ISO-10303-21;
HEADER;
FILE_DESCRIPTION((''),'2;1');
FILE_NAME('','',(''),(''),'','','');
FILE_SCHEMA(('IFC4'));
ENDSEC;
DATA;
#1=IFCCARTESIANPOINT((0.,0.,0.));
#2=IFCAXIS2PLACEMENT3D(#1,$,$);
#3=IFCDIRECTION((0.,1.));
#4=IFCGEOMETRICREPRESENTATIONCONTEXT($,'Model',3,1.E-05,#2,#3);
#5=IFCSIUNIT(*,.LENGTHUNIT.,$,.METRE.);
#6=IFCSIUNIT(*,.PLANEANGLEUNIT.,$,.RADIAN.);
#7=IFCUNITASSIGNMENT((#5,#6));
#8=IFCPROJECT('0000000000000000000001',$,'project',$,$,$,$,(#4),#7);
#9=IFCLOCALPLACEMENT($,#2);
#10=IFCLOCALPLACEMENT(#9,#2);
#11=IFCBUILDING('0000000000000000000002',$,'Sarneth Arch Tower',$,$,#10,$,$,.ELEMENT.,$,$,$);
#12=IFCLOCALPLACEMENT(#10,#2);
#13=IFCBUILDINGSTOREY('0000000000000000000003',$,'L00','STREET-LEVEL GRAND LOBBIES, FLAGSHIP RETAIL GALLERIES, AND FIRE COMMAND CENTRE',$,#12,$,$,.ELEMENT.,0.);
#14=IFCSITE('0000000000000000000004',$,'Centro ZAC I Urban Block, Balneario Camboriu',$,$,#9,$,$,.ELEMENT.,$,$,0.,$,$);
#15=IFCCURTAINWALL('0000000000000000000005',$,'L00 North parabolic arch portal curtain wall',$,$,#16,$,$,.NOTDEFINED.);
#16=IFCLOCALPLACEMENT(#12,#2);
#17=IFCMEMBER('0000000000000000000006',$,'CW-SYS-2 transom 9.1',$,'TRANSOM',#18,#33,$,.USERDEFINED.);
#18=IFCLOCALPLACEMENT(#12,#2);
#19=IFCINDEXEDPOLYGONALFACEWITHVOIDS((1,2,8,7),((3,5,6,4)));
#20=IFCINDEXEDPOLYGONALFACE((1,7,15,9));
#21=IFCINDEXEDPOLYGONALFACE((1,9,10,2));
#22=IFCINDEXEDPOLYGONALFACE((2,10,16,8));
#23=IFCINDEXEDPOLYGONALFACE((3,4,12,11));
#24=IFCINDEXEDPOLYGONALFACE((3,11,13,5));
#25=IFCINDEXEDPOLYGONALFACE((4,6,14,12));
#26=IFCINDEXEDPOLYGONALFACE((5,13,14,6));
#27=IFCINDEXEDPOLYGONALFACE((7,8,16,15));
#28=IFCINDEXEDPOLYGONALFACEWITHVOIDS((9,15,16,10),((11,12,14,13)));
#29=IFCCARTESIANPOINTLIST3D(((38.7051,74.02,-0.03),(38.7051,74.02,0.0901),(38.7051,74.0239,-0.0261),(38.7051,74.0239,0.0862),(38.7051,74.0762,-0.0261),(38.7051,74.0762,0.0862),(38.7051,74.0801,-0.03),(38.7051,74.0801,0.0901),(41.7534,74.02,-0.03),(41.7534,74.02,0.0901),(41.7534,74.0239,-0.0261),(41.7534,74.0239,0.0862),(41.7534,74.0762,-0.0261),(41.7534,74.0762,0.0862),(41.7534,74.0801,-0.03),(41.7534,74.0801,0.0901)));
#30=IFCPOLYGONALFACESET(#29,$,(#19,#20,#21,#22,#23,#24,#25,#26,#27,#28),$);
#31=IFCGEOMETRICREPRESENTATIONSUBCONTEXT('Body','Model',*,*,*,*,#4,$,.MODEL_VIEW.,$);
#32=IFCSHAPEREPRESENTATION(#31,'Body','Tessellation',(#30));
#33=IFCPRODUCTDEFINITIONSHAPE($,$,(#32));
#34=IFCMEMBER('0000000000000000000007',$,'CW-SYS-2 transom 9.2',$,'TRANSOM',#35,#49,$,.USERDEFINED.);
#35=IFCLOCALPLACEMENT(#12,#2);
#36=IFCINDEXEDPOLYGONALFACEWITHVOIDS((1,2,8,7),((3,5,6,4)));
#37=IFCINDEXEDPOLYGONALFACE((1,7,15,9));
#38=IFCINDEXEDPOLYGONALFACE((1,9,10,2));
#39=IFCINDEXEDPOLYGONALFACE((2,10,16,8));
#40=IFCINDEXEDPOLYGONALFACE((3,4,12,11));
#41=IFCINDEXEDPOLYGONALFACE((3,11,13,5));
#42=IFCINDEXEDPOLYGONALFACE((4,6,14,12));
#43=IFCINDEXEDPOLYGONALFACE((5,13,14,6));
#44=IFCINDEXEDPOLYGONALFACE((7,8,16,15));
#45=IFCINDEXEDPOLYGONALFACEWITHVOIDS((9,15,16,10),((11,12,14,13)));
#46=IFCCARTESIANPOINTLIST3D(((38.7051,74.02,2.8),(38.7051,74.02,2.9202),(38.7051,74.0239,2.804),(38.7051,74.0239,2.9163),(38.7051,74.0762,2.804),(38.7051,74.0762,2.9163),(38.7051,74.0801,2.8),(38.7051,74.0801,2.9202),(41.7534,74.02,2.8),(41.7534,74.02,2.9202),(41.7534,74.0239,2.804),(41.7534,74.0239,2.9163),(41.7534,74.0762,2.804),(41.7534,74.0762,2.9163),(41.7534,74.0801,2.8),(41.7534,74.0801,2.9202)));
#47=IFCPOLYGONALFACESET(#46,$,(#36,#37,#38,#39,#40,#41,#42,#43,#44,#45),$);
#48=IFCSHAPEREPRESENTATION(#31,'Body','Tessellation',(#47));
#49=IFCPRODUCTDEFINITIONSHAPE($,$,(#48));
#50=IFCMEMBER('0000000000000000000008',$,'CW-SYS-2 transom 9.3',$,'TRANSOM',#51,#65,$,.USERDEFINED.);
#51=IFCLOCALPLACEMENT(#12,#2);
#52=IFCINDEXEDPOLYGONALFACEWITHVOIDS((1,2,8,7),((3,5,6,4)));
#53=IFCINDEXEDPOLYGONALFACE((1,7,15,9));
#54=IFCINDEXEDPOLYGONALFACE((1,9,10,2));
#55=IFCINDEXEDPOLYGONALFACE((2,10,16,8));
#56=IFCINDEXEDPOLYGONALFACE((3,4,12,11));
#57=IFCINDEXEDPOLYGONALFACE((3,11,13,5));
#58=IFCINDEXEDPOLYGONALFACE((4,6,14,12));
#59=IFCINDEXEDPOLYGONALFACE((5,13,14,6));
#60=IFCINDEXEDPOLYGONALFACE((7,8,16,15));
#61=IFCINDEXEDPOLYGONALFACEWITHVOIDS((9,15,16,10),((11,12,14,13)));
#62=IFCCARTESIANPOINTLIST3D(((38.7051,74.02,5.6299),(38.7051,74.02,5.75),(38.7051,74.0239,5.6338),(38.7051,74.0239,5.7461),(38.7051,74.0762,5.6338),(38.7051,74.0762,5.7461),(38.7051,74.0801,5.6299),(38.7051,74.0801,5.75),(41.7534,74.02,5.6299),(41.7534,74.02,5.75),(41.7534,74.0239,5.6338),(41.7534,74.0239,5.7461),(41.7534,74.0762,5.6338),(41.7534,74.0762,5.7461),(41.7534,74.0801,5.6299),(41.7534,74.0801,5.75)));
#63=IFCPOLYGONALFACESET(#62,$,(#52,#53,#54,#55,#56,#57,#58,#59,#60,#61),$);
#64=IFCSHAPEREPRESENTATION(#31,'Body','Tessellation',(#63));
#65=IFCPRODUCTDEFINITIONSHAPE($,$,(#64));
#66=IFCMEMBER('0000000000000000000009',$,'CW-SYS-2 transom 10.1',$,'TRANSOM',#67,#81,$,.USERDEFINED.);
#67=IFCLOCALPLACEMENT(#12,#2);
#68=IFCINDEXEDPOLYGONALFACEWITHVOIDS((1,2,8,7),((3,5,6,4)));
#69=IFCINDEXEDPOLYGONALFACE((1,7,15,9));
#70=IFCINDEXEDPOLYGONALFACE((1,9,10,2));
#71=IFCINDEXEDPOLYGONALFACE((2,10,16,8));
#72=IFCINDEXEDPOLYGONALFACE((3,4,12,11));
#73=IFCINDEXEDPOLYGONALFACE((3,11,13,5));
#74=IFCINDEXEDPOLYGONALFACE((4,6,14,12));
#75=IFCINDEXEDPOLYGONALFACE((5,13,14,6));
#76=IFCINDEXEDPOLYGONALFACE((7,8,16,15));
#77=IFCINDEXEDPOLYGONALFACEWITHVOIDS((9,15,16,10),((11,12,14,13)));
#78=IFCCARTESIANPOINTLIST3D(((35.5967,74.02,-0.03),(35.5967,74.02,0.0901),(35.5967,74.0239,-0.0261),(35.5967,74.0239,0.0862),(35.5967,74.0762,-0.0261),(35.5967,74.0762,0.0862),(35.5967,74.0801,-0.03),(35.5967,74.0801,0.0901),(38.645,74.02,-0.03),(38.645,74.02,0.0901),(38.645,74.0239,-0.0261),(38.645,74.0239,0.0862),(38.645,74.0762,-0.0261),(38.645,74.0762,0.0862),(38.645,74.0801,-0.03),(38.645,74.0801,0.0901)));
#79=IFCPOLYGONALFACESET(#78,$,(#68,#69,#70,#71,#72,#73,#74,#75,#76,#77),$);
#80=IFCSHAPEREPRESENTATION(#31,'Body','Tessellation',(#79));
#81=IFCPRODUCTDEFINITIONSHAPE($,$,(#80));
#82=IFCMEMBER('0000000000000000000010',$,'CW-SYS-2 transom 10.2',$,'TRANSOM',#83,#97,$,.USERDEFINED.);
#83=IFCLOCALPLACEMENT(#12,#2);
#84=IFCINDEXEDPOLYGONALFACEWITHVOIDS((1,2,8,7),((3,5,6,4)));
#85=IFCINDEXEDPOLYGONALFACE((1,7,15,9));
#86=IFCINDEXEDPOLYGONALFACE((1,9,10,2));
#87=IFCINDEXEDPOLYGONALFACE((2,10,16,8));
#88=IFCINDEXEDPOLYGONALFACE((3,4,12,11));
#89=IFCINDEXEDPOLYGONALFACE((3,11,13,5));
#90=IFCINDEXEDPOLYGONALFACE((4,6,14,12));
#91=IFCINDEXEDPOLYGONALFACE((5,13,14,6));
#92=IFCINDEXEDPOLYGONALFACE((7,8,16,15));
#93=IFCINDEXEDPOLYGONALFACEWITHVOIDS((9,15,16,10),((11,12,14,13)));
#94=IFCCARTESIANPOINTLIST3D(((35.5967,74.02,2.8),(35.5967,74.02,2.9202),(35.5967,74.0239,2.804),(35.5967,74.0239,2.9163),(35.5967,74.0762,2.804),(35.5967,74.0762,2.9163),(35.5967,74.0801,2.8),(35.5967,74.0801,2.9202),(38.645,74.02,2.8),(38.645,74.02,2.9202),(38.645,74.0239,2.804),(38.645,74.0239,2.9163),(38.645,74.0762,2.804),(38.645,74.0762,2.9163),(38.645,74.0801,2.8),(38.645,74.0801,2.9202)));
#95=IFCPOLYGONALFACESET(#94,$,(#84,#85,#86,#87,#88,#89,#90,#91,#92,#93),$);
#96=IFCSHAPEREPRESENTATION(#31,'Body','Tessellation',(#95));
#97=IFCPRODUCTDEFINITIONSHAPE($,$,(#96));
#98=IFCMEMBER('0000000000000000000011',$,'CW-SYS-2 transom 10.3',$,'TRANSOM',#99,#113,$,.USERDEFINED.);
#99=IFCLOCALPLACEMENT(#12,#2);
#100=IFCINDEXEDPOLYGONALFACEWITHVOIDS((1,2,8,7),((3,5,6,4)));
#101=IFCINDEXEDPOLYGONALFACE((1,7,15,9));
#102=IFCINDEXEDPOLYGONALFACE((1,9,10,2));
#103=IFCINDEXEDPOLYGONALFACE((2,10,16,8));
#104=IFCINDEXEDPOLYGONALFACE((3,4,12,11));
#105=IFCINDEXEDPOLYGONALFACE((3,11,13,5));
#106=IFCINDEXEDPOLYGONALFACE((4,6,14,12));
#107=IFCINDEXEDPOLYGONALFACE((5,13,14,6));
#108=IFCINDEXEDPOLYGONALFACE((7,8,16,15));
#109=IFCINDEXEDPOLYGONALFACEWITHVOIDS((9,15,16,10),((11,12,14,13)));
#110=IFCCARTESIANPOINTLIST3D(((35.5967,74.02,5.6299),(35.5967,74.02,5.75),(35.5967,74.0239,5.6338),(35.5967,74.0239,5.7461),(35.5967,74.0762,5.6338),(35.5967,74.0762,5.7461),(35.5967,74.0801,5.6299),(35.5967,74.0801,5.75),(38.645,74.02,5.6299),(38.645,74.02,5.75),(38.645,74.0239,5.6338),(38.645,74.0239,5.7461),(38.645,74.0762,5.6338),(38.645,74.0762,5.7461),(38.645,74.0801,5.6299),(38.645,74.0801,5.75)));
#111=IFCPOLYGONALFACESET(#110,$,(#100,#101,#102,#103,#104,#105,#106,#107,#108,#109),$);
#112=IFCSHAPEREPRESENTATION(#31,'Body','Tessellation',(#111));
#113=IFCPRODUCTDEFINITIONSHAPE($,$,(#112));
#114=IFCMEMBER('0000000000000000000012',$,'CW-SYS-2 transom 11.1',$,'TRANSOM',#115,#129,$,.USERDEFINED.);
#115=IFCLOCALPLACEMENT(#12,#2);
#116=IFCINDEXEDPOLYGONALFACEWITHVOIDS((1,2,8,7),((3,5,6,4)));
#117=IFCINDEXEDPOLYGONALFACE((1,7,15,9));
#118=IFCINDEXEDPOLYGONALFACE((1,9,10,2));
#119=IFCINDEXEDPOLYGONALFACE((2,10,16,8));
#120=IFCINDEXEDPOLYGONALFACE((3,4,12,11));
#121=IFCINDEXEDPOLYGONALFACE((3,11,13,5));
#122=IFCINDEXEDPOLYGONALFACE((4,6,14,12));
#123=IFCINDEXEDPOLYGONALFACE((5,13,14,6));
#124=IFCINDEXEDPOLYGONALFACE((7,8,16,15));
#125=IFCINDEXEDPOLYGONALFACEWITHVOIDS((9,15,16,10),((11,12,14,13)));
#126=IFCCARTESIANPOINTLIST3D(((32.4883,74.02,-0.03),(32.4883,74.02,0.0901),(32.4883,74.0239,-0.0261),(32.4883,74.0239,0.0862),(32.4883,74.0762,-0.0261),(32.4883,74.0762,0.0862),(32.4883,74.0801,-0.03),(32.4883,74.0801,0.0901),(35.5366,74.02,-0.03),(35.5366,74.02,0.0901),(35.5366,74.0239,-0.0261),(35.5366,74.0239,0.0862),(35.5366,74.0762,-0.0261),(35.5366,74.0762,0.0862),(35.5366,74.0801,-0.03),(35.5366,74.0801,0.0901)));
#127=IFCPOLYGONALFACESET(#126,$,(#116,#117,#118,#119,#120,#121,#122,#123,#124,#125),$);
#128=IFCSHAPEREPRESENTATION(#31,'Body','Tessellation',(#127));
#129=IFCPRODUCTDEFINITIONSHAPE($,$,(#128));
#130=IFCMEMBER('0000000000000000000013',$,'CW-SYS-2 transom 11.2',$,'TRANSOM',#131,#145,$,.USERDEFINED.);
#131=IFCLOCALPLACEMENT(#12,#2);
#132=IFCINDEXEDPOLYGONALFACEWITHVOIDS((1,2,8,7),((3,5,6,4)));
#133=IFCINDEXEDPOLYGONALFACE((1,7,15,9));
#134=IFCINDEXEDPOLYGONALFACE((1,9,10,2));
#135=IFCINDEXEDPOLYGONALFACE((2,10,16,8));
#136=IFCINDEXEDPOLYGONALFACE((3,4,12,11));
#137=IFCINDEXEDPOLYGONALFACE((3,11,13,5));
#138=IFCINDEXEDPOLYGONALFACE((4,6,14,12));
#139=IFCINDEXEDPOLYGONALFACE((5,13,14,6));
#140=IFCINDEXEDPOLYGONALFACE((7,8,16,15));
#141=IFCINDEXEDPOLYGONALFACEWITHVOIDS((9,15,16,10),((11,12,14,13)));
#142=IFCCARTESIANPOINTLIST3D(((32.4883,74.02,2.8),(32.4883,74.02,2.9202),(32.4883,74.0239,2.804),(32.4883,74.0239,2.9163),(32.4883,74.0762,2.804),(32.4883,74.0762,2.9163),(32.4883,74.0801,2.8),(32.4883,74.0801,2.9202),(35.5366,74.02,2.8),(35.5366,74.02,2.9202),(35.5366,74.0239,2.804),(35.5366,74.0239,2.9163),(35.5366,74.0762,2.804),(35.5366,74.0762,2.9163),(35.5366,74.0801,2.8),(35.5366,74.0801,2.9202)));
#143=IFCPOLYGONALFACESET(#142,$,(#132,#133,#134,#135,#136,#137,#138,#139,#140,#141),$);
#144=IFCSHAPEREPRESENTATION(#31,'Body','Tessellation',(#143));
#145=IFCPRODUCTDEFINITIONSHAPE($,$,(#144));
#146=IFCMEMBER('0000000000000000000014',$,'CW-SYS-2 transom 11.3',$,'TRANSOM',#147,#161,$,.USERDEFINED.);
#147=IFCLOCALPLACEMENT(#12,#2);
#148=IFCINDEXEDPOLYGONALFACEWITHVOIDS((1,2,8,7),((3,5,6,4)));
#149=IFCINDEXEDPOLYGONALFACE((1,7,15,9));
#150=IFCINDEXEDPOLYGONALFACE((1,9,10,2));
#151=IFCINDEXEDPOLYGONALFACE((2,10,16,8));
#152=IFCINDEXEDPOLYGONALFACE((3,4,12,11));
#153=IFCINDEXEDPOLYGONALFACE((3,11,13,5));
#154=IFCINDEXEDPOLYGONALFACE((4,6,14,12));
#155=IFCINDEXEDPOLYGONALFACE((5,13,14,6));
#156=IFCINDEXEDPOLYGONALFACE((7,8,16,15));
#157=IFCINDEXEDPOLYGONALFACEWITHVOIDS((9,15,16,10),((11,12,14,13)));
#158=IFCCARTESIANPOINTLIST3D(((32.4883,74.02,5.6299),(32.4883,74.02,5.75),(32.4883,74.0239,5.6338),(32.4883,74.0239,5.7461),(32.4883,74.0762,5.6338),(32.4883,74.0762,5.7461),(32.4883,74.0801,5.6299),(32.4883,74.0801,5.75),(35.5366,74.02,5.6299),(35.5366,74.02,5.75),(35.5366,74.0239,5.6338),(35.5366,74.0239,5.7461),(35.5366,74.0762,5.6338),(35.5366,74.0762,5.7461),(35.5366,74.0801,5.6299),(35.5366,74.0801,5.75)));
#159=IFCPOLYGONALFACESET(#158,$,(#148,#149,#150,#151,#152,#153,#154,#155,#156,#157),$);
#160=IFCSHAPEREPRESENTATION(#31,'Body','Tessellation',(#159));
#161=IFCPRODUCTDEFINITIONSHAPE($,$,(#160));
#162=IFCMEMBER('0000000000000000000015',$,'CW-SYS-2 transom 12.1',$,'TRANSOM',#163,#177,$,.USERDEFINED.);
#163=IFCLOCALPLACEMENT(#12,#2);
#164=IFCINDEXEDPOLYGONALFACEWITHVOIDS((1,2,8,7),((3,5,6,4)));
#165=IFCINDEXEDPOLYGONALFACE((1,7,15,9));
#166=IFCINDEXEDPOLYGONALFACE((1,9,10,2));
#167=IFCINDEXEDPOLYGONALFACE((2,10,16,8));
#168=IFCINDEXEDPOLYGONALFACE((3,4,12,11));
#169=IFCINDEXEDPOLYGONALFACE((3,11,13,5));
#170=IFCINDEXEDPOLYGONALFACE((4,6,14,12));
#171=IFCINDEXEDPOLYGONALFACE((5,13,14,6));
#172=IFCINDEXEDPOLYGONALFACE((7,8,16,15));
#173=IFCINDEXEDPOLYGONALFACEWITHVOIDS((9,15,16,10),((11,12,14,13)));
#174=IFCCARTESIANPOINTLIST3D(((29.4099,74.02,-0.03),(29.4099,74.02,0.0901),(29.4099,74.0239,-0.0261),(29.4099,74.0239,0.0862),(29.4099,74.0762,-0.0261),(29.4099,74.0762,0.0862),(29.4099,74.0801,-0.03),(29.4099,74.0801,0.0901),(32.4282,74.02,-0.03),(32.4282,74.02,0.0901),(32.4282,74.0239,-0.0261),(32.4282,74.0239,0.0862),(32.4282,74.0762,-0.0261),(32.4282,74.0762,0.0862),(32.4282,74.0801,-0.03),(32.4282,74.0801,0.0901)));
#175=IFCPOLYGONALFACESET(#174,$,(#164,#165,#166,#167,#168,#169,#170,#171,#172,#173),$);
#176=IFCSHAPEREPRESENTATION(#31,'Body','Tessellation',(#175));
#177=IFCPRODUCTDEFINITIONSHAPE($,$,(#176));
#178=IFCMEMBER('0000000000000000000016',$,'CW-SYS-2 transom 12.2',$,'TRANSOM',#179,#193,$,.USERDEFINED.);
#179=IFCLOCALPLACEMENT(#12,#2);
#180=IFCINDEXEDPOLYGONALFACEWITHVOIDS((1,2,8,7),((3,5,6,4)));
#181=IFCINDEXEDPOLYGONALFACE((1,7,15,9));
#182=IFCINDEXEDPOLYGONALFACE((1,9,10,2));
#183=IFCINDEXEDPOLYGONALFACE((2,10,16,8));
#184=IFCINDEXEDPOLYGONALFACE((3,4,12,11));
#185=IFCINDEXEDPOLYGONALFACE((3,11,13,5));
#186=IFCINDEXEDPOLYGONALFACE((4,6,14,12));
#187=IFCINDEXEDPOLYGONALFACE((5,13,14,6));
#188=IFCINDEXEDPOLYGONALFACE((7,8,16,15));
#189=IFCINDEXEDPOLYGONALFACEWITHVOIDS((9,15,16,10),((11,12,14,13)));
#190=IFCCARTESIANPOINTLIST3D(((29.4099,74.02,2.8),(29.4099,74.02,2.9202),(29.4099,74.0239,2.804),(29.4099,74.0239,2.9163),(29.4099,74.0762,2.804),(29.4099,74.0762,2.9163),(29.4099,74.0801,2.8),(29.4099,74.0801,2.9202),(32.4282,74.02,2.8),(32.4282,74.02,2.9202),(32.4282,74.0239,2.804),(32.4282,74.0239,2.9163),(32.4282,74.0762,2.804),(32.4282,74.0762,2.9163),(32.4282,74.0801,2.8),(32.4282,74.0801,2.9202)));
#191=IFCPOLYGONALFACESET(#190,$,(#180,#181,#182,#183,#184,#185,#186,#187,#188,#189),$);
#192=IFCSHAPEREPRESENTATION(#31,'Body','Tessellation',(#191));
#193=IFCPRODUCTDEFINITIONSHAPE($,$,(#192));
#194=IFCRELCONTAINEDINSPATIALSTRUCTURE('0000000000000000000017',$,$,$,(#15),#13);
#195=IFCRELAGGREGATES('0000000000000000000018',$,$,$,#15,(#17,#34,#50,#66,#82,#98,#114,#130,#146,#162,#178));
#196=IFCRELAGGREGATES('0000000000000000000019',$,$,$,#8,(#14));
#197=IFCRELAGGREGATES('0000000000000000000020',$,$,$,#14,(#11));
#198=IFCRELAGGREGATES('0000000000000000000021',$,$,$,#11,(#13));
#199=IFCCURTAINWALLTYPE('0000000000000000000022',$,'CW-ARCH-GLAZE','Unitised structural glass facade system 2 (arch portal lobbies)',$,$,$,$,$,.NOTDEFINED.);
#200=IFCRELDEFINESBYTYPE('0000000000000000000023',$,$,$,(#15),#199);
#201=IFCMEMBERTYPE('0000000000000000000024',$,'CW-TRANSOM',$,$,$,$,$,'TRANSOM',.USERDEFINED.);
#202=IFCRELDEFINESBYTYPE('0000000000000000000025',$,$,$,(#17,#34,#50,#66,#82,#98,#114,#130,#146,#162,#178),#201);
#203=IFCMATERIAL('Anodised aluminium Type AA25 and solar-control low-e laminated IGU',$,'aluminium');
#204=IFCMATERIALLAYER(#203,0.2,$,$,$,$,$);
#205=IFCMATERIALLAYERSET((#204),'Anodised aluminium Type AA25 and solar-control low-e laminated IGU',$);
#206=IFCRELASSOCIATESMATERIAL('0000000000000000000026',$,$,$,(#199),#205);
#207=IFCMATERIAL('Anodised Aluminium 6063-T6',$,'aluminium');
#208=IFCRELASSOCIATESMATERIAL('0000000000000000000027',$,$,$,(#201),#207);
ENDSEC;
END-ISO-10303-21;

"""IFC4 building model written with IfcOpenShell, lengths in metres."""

from ifc_helpers import new_model, si_unit, direction, frame, origin, origin_2d, place, context, subcontext, project, spatial, hollow_rectangle, extrude, material, layer, layer_set, material_profile, profile_set, type_object, element, aggregate, save


model = new_model("IFC4")

# Units and contexts
model_context = context("Model", 3, precision=1e-05, world=origin(), true_north=direction((0.0, 1.0)))
body_context = subcontext(model_context, "Body", "Model", "MODEL_VIEW")
ifc_project = project(units=[si_unit("LENGTHUNIT", "METRE"), si_unit("PLANEANGLEUNIT", "RADIAN")], contexts=[model_context])

# Site, building, storey
site_placement = place(None, origin())
site = spatial("IfcSite", under=ifc_project, at=site_placement, Name="Centro ZAC I Urban Block, Balneario Camboriu", CompositionType="ELEMENT", RefElevation=0.0)
building_placement = place(site_placement, origin())
building = spatial("IfcBuilding", under=site, at=building_placement, Name="Sarneth Arch Tower", CompositionType="ELEMENT")
storey_placement = place(building_placement, origin())
storey = spatial("IfcBuildingStorey", under=building, at=storey_placement, Name="L00", Description="STREET-LEVEL GRAND LOBBIES, FLAGSHIP RETAIL GALLERIES, AND FIRE COMMAND CENTRE", CompositionType="ELEMENT", Elevation=0.0)

# Curtain wall, members
ifc_material_1 = material(Name="Anodised aluminium Type AA25 and solar-control low-e laminated IGU", Category="aluminium")
ifc_layer_1 = layer(ifc_material_1, 0.2)
ifc_layer_set_1 = layer_set([ifc_layer_1], Name="Anodised aluminium Type AA25 and solar-control low-e laminated IGU")
curtain_wall_type = type_object("IfcCurtainWallType", Name="CW-ARCH-GLAZE", Description="Unitised structural glass facade system 2 (arch portal lobbies)", PredefinedType="NOTDEFINED", material=ifc_layer_set_1)
curtain_wall_placement = place(storey_placement, origin())
curtain_wall = element("IfcCurtainWall", 1, at=curtain_wall_placement, inside=storey, type_object=curtain_wall_type, Name="L00 North parabolic arch portal curtain wall", PredefinedType="NOTDEFINED")
ifc_material_2 = material(Name="Anodised Aluminium 6063-T6", Category="aluminium")
ifc_material_profile_1 = material_profile(ifc_material_2, hollow_rectangle(XDim=0.0601, YDim=0.1201, WallThickness=0.0039, at=origin_2d()), Name="AL-TRAN-120x60x4")
ifc_profile_set_1 = profile_set([ifc_material_profile_1], Name="Anodised Aluminium 6063-T6")
member_type_1 = type_object("IfcMemberType", Name="CW-TRANSOM", ElementType="TRANSOM", PredefinedType="USERDEFINED", material=ifc_profile_set_1)
member_1_placement = place(storey_placement, frame((41.7534, 74.05, 0.03), z_axis=(-1.0, 0.0, 0.0), x_axis=(0.0, -1.0, 0.0)))
member_1 = element("IfcMember", 2, at=member_1_placement, type_object=member_type_1, Name="CW-SYS-2 transom 9.1", ObjectType="TRANSOM", PredefinedType="USERDEFINED", context=body_context, shape_type="SweptSolid", body=[
    extrude(hollow_rectangle(XDim=0.0601, YDim=0.1201, WallThickness=0.0039, at=origin_2d()), origin(), (0.0, 0.0, 1.0), 3.0483),
])
member_2_placement = place(storey_placement, frame((41.7534, 74.05, 2.8601), z_axis=(-1.0, 0.0, 0.0), x_axis=(0.0, -1.0, 0.0)))
member_2 = element("IfcMember", 3, at=member_2_placement, type_object=member_type_1, Name="CW-SYS-2 transom 9.2", ObjectType="TRANSOM", PredefinedType="USERDEFINED", context=body_context, shape_type="SweptSolid", body=[
    extrude(hollow_rectangle(XDim=0.0601, YDim=0.1201, WallThickness=0.0039, at=origin_2d()), origin(), (0.0, 0.0, 1.0), 3.0483),
])
member_3_placement = place(storey_placement, frame((41.7534, 74.05, 5.6899), z_axis=(-1.0, 0.0, 0.0), x_axis=(0.0, -1.0, 0.0)))
member_3 = element("IfcMember", 4, at=member_3_placement, type_object=member_type_1, Name="CW-SYS-2 transom 9.3", ObjectType="TRANSOM", PredefinedType="USERDEFINED", context=body_context, shape_type="SweptSolid", body=[
    extrude(hollow_rectangle(XDim=0.0601, YDim=0.1201, WallThickness=0.0039, at=origin_2d()), origin(), (0.0, 0.0, 1.0), 3.0483),
])
member_4_placement = place(storey_placement, frame((38.645, 74.05, 0.03), z_axis=(-1.0, 0.0, 0.0), x_axis=(0.0, -1.0, 0.0)))
member_4 = element("IfcMember", 5, at=member_4_placement, type_object=member_type_1, Name="CW-SYS-2 transom 10.1", ObjectType="TRANSOM", PredefinedType="USERDEFINED", context=body_context, shape_type="SweptSolid", body=[
    extrude(hollow_rectangle(XDim=0.0601, YDim=0.1201, WallThickness=0.0039, at=origin_2d()), origin(), (0.0, 0.0, 1.0), 3.0483),
])
member_5_placement = place(storey_placement, frame((38.645, 74.05, 2.8601), z_axis=(-1.0, 0.0, 0.0), x_axis=(0.0, -1.0, 0.0)))
member_5 = element("IfcMember", 6, at=member_5_placement, type_object=member_type_1, Name="CW-SYS-2 transom 10.2", ObjectType="TRANSOM", PredefinedType="USERDEFINED", context=body_context, shape_type="SweptSolid", body=[
    extrude(hollow_rectangle(XDim=0.0601, YDim=0.1201, WallThickness=0.0039, at=origin_2d()), origin(), (0.0, 0.0, 1.0), 3.0483),
])
member_6_placement = place(storey_placement, frame((38.645, 74.05, 5.6899), z_axis=(-1.0, 0.0, 0.0), x_axis=(0.0, -1.0, 0.0)))
member_6 = element("IfcMember", 7, at=member_6_placement, type_object=member_type_1, Name="CW-SYS-2 transom 10.3", ObjectType="TRANSOM", PredefinedType="USERDEFINED", context=body_context, shape_type="SweptSolid", body=[
    extrude(hollow_rectangle(XDim=0.0601, YDim=0.1201, WallThickness=0.0039, at=origin_2d()), origin(), (0.0, 0.0, 1.0), 3.0483),
])
member_7_placement = place(storey_placement, frame((35.5366, 74.05, 0.03), z_axis=(-1.0, 0.0, 0.0), x_axis=(0.0, -1.0, 0.0)))
member_7 = element("IfcMember", 8, at=member_7_placement, type_object=member_type_1, Name="CW-SYS-2 transom 11.1", ObjectType="TRANSOM", PredefinedType="USERDEFINED", context=body_context, shape_type="SweptSolid", body=[
    extrude(hollow_rectangle(XDim=0.0601, YDim=0.1201, WallThickness=0.0039, at=origin_2d()), origin(), (0.0, 0.0, 1.0), 3.0483),
])
member_8_placement = place(storey_placement, frame((35.5366, 74.05, 2.8601), z_axis=(-1.0, 0.0, 0.0), x_axis=(0.0, -1.0, 0.0)))
member_8 = element("IfcMember", 9, at=member_8_placement, type_object=member_type_1, Name="CW-SYS-2 transom 11.2", ObjectType="TRANSOM", PredefinedType="USERDEFINED", context=body_context, shape_type="SweptSolid", body=[
    extrude(hollow_rectangle(XDim=0.0601, YDim=0.1201, WallThickness=0.0039, at=origin_2d()), origin(), (0.0, 0.0, 1.0), 3.0483),
])
member_9_placement = place(storey_placement, frame((35.5366, 74.05, 5.6899), z_axis=(-1.0, 0.0, 0.0), x_axis=(0.0, -1.0, 0.0)))
member_9 = element("IfcMember", 10, at=member_9_placement, type_object=member_type_1, Name="CW-SYS-2 transom 11.3", ObjectType="TRANSOM", PredefinedType="USERDEFINED", context=body_context, shape_type="SweptSolid", body=[
    extrude(hollow_rectangle(XDim=0.0601, YDim=0.1201, WallThickness=0.0039, at=origin_2d()), origin(), (0.0, 0.0, 1.0), 3.0483),
])
member_10_placement = place(storey_placement, frame((32.4282, 74.05, 0.03), z_axis=(-1.0, 0.0, 0.0), x_axis=(0.0, -1.0, 0.0)))
member_10 = element("IfcMember", 11, at=member_10_placement, type_object=member_type_1, Name="CW-SYS-2 transom 12.1", ObjectType="TRANSOM", PredefinedType="USERDEFINED", context=body_context, shape_type="SweptSolid", body=[
    extrude(hollow_rectangle(XDim=0.0601, YDim=0.1201, WallThickness=0.0039, at=origin_2d()), origin(), (0.0, 0.0, 1.0), 3.0183),
])
member_11_placement = place(storey_placement, frame((32.4282, 74.05, 2.8601), z_axis=(-1.0, 0.0, 0.0), x_axis=(0.0, -1.0, 0.0)))
member_11 = element("IfcMember", 12, at=member_11_placement, type_object=member_type_1, Name="CW-SYS-2 transom 12.2", ObjectType="TRANSOM", PredefinedType="USERDEFINED", context=body_context, shape_type="SweptSolid", body=[
    extrude(hollow_rectangle(XDim=0.0601, YDim=0.1201, WallThickness=0.0039, at=origin_2d()), origin(), (0.0, 0.0, 1.0), 3.0183),
])
aggregate(curtain_wall, [member_1, member_2, member_3, member_4, member_5, member_6, member_7, member_8, member_9, member_10, member_11])

save(model, "model.ifc")
